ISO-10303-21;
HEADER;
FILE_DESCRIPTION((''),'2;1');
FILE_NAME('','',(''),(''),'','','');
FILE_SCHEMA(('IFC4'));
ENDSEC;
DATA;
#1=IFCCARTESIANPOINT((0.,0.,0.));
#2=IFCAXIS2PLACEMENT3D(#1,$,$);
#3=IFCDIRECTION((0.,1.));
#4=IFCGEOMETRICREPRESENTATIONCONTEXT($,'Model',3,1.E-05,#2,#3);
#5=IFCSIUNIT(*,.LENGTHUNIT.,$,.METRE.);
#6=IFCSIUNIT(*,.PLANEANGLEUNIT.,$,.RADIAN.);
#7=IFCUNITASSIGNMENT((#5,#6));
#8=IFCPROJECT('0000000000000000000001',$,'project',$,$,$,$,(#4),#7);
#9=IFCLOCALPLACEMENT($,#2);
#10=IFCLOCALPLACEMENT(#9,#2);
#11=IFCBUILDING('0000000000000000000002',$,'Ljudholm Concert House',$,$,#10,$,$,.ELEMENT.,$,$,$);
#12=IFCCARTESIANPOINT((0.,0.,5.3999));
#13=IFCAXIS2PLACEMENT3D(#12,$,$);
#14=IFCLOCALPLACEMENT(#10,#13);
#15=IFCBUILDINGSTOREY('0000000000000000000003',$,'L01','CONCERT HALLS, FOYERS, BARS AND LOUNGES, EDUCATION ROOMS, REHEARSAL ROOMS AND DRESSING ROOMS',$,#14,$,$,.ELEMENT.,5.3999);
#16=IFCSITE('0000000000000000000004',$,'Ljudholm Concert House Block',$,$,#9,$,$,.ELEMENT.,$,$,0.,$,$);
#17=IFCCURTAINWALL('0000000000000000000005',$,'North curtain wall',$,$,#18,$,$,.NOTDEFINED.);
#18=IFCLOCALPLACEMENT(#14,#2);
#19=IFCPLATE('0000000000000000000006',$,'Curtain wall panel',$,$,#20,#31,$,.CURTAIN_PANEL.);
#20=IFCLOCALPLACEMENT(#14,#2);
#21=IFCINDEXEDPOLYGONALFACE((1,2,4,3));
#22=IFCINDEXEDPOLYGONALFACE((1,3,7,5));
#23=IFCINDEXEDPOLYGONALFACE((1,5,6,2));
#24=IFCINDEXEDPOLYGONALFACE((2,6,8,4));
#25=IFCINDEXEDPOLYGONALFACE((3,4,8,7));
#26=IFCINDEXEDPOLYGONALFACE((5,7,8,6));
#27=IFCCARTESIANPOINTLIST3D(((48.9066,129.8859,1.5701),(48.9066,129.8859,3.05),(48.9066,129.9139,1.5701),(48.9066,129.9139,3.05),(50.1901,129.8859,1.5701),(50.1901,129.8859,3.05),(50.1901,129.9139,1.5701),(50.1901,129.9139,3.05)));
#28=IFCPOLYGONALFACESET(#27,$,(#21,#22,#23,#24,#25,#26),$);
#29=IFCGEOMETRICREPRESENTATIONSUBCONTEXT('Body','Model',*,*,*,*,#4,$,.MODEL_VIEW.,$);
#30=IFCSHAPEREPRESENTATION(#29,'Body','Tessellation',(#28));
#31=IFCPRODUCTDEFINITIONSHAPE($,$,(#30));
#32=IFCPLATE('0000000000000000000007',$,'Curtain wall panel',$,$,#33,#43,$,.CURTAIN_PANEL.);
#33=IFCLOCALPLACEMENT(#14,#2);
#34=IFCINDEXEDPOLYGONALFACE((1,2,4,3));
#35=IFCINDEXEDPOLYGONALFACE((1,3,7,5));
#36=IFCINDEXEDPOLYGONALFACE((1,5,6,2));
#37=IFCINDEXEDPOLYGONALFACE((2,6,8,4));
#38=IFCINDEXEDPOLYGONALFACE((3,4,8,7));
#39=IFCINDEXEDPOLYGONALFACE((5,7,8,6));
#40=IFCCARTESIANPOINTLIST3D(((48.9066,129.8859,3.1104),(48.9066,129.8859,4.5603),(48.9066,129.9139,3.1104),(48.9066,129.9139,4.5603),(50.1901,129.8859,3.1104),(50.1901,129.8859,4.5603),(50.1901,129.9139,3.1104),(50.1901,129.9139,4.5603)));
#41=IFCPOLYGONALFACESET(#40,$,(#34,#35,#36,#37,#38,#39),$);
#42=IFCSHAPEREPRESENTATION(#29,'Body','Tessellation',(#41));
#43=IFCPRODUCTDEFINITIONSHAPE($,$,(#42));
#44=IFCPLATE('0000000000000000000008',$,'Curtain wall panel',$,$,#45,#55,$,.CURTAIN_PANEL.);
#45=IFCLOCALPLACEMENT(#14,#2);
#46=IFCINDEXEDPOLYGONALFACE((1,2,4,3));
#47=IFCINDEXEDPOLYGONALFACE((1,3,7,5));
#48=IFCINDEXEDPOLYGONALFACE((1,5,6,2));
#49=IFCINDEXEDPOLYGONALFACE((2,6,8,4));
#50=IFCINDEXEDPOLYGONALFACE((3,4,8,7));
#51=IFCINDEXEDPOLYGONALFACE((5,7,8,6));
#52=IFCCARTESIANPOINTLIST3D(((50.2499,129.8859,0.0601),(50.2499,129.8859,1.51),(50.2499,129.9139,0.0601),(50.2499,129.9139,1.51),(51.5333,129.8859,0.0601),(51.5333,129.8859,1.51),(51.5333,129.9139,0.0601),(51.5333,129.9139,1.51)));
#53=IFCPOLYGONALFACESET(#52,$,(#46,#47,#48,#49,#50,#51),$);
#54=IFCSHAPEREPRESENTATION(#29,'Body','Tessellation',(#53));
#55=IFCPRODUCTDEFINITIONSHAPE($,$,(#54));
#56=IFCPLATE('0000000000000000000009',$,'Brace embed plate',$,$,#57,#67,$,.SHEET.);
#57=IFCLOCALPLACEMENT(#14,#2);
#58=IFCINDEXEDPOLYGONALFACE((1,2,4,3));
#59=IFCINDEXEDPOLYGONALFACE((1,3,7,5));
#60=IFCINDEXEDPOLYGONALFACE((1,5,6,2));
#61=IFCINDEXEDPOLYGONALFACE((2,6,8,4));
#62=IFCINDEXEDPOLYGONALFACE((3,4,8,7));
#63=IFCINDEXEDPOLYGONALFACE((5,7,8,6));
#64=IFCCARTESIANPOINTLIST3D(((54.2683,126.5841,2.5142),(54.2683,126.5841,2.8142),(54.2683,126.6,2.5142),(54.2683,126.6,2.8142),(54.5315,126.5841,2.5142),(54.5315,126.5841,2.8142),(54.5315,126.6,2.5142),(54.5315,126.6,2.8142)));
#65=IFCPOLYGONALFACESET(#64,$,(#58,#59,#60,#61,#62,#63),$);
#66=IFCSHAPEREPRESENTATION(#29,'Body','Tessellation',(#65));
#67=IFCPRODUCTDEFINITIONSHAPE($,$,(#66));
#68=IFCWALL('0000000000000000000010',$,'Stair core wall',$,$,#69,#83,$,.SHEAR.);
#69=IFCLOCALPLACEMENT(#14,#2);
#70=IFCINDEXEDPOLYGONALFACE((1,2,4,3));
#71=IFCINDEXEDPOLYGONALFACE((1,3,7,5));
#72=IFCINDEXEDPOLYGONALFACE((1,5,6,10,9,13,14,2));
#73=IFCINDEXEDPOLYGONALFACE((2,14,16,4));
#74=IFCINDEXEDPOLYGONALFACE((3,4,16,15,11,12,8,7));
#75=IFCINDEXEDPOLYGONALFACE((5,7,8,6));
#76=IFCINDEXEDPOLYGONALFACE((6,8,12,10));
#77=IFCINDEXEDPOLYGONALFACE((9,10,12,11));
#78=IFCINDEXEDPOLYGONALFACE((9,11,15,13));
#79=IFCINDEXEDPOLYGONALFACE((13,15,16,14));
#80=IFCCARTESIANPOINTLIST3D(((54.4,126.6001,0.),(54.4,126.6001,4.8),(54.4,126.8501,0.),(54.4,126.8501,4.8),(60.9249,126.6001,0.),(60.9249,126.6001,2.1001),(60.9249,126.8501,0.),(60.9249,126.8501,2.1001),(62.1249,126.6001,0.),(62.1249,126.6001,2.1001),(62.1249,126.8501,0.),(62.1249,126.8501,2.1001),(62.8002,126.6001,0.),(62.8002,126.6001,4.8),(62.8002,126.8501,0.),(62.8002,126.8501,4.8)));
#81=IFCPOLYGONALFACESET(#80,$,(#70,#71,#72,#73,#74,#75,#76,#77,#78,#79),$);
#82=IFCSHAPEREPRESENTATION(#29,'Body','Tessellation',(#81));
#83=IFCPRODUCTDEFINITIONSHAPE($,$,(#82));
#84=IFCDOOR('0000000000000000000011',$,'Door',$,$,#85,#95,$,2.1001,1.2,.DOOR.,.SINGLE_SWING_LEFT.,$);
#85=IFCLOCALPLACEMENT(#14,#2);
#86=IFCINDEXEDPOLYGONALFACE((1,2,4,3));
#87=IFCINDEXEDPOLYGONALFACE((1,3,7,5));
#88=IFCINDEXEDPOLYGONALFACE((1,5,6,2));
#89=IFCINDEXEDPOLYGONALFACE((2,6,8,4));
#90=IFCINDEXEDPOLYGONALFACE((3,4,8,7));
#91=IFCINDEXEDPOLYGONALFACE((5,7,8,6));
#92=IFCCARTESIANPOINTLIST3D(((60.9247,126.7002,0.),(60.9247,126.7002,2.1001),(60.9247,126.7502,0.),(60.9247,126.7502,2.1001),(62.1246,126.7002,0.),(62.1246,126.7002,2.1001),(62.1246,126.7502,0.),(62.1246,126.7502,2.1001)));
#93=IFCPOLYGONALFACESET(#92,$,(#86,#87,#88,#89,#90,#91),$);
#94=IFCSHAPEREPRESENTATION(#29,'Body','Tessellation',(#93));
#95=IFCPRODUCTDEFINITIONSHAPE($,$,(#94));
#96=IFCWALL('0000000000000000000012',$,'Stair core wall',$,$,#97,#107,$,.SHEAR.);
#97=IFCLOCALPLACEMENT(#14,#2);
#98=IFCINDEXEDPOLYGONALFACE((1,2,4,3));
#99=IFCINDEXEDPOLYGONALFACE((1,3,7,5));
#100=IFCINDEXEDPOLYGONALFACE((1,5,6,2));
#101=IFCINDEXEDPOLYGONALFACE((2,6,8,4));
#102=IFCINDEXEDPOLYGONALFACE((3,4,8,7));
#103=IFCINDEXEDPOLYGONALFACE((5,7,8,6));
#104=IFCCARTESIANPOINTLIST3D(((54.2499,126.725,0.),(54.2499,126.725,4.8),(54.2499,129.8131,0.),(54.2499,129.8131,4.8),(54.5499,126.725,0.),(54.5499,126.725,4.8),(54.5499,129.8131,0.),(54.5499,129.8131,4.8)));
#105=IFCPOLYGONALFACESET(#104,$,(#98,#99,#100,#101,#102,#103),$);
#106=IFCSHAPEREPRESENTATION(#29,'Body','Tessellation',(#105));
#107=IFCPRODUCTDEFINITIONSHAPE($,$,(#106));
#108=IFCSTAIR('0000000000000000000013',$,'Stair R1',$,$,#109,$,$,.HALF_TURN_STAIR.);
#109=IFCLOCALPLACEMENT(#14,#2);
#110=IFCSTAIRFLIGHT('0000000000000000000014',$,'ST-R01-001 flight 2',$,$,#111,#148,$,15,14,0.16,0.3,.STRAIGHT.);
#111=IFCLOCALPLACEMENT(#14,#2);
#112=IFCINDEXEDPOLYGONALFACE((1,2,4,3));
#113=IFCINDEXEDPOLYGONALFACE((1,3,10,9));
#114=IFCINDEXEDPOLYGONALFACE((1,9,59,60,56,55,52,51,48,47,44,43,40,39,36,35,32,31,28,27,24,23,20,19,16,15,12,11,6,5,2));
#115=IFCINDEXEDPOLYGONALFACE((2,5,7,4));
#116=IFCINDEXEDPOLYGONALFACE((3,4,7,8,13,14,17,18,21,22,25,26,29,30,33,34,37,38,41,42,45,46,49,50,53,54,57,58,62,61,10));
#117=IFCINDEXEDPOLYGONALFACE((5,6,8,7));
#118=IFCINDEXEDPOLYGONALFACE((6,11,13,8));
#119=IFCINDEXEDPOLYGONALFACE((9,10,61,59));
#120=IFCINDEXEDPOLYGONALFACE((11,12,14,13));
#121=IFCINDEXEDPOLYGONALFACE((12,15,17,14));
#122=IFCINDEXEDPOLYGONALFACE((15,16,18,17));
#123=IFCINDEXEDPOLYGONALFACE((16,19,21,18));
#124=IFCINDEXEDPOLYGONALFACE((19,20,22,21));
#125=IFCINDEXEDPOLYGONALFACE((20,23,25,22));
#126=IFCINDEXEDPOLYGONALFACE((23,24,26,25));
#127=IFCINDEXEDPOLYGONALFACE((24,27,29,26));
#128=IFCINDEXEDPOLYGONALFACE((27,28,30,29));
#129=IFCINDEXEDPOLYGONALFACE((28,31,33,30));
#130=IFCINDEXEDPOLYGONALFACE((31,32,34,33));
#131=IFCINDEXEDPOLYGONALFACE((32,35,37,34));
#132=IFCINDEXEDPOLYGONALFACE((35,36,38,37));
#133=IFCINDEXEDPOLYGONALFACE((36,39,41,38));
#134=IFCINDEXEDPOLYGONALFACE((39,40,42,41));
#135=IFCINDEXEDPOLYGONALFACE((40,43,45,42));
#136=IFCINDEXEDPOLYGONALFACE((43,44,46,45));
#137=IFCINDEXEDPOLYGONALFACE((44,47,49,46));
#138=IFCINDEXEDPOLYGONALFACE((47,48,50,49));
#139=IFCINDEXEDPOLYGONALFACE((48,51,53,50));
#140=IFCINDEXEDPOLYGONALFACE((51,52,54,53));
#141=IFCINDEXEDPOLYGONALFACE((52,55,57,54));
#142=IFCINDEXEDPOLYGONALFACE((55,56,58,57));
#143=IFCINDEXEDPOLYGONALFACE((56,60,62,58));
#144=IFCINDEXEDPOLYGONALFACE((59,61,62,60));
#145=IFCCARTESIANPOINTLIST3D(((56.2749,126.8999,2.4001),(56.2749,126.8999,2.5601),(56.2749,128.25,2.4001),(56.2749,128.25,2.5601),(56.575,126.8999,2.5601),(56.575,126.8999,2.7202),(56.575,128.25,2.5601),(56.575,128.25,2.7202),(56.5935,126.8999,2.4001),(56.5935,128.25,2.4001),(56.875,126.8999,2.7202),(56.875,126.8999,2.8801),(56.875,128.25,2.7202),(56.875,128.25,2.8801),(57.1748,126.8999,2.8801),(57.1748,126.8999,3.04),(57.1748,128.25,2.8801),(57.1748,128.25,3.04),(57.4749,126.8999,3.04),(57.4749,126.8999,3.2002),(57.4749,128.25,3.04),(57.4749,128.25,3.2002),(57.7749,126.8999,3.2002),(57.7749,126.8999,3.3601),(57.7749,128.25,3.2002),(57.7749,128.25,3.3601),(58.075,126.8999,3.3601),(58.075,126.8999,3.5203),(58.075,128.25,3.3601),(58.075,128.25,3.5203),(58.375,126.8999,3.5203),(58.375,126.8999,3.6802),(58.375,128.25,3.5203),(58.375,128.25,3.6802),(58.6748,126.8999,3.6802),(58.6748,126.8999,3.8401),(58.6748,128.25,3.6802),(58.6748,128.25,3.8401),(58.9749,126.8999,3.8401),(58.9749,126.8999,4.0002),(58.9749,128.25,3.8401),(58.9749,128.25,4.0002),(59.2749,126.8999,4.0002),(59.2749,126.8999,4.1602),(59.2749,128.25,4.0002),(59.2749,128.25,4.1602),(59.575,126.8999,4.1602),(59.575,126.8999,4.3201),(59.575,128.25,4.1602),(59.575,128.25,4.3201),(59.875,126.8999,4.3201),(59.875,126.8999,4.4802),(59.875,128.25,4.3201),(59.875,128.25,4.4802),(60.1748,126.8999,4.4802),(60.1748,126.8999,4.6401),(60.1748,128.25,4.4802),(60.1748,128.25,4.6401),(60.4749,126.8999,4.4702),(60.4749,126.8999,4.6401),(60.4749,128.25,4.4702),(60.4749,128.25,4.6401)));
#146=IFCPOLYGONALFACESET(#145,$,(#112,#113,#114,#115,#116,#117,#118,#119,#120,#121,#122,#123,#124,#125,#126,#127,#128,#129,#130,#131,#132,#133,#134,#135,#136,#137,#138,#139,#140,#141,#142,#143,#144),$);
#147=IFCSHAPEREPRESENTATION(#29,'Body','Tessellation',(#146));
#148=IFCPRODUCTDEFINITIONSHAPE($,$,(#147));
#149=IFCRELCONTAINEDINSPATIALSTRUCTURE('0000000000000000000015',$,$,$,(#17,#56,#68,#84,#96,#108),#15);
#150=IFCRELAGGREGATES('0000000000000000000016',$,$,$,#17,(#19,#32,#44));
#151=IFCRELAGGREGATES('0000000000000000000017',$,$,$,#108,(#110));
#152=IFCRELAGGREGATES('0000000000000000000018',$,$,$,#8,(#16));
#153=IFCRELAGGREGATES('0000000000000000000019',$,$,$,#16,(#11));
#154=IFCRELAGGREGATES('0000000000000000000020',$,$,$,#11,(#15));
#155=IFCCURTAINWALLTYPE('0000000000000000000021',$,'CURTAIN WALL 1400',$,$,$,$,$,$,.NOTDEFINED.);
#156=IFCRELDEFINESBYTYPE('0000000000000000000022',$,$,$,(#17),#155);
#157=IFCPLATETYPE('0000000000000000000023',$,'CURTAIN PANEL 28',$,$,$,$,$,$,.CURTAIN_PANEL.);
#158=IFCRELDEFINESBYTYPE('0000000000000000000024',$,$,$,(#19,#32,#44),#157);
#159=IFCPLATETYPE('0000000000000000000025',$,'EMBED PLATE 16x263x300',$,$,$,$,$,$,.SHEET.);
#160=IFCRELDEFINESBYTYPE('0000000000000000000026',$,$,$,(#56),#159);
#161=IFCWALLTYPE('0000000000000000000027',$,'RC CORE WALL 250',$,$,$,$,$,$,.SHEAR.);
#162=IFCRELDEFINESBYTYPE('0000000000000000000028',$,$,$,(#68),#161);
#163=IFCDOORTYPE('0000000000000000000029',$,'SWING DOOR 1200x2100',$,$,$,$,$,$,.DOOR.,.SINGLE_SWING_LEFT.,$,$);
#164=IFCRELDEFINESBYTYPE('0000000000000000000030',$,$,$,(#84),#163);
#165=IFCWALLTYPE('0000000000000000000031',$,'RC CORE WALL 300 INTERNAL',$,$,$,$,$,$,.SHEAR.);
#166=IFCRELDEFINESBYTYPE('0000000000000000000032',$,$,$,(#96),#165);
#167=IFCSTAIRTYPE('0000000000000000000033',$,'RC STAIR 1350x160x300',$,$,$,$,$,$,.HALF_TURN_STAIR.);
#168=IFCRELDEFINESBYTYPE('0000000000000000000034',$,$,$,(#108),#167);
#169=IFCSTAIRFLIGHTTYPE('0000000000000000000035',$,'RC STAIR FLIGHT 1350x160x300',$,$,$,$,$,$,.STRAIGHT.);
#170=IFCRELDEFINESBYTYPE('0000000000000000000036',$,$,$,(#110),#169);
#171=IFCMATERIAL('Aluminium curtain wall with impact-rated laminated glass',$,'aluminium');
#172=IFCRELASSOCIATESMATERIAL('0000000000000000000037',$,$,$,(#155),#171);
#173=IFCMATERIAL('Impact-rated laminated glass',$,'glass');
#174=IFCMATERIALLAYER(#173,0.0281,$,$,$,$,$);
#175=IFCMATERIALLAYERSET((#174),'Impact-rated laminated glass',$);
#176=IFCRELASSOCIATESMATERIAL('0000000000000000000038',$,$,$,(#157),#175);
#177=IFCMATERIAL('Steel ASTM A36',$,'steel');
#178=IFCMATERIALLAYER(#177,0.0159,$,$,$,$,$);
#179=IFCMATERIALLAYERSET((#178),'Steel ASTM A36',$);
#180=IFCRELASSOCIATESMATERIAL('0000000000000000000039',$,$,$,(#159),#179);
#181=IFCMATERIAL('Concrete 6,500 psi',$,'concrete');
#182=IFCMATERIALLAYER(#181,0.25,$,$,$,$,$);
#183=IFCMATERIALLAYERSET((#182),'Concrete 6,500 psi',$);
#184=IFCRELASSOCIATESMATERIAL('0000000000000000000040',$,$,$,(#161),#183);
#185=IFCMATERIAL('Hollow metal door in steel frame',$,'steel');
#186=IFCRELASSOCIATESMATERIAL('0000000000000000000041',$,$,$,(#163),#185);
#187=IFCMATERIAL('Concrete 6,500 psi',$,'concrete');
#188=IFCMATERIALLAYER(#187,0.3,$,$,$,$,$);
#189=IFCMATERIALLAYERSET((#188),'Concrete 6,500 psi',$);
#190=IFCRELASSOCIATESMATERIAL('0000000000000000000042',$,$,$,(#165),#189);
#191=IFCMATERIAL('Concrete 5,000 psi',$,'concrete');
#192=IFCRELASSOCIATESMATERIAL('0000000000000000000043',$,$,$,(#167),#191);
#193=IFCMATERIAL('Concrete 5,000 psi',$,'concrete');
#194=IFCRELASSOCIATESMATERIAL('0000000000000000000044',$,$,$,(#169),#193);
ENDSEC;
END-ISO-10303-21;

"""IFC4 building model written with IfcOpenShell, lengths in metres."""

from ifc_helpers import new_model, si_unit, direction, frame, frame_2d, origin, origin_2d, place, context, subcontext, project, spatial, polyline, rectangle, outline, extrude, material, layer, layer_set, type_object, element, fill, aggregate, save


model = new_model("IFC4")

# Units and contexts
model_context = context("Model", 3, precision=1e-05, world=origin(), true_north=direction((0.0, 1.0)))
body_context = subcontext(model_context, "Body", "Model", "MODEL_VIEW")
ifc_project = project(units=[si_unit("LENGTHUNIT", "METRE"), si_unit("PLANEANGLEUNIT", "RADIAN")], contexts=[model_context])

# Site, building, storey
site_placement = place(None, origin())
site = spatial("IfcSite", under=ifc_project, at=site_placement, Name="Ljudholm Concert House Block", CompositionType="ELEMENT", RefElevation=0.0)
building_placement = place(site_placement, origin())
building = spatial("IfcBuilding", under=site, at=building_placement, Name="Ljudholm Concert House", CompositionType="ELEMENT")
storey_placement = place(building_placement, frame((0.0, 0.0, 5.3999)))
storey = spatial("IfcBuildingStorey", under=building, at=storey_placement, Name="L01", Description="CONCERT HALLS, FOYERS, BARS AND LOUNGES, EDUCATION ROOMS, REHEARSAL ROOMS AND DRESSING ROOMS", CompositionType="ELEMENT", Elevation=5.3999)

# Curtain wall, plates
ifc_material_1 = material(Name="Aluminium curtain wall with impact-rated laminated glass", Category="aluminium")
curtain_wall_type = type_object("IfcCurtainWallType", Name="CURTAIN WALL 1400", PredefinedType="NOTDEFINED", material=ifc_material_1)
curtain_wall_placement = place(storey_placement, origin())
curtain_wall = element("IfcCurtainWall", 1, at=curtain_wall_placement, inside=storey, type_object=curtain_wall_type, Name="North curtain wall", PredefinedType="NOTDEFINED")
ifc_material_2 = material(Name="Impact-rated laminated glass", Category="glass")
ifc_layer_1 = layer(ifc_material_2, 0.0281)
ifc_layer_set_1 = layer_set([ifc_layer_1], Name="Impact-rated laminated glass")
plate_type_1 = type_object("IfcPlateType", Name="CURTAIN PANEL 28", PredefinedType="CURTAIN_PANEL", material=ifc_layer_set_1)
plate_1_placement = place(storey_placement, frame((49.5483, 129.8999, 1.5701), z_axis=(0.0, 0.0, 1.0), x_axis=(1.0, 0.0, 0.0)))
plate_1 = element("IfcPlate", 2, at=plate_1_placement, type_object=plate_type_1, Name="Curtain wall panel", PredefinedType="CURTAIN_PANEL", context=body_context, shape_type="SweptSolid", body=[
    extrude(rectangle(XDim=1.2834, YDim=0.0281, at=origin_2d()), origin(), (0.0, 0.0, 1.0), 1.48),
])
plate_2_placement = place(storey_placement, frame((49.5483, 129.8999, 3.1104), z_axis=(0.0, 0.0, 1.0), x_axis=(1.0, 0.0, 0.0)))
plate_2 = element("IfcPlate", 3, at=plate_2_placement, type_object=plate_type_1, Name="Curtain wall panel", PredefinedType="CURTAIN_PANEL", context=body_context, shape_type="SweptSolid", body=[
    extrude(rectangle(XDim=1.2834, YDim=0.0281, at=origin_2d()), origin(), (0.0, 0.0, 1.0), 1.45),
])
plate_3_placement = place(storey_placement, frame((50.8916, 129.8999, 0.0601), z_axis=(0.0, 0.0, 1.0), x_axis=(1.0, 0.0, 0.0)))
plate_3 = element("IfcPlate", 4, at=plate_3_placement, type_object=plate_type_1, Name="Curtain wall panel", PredefinedType="CURTAIN_PANEL", context=body_context, shape_type="SweptSolid", body=[
    extrude(rectangle(XDim=1.2834, YDim=0.0281, at=origin_2d()), origin(), (0.0, 0.0, 1.0), 1.45),
])
aggregate(curtain_wall, [plate_1, plate_2, plate_3])

# Plate
ifc_material_3 = material(Name="Steel ASTM A36", Category="steel")
ifc_layer_2 = layer(ifc_material_3, 0.0159)
ifc_layer_set_2 = layer_set([ifc_layer_2], Name="Steel ASTM A36")
plate_type_2 = type_object("IfcPlateType", Name="EMBED PLATE 16x263x300", PredefinedType="SHEET", material=ifc_layer_set_2)
plate_4_placement = place(storey_placement, frame((54.3999, 126.592, 2.5142), z_axis=(0.0, 0.0, 1.0), x_axis=(1.0, 0.0, 0.0)))
element("IfcPlate", 5, at=plate_4_placement, inside=storey, type_object=plate_type_2, Name="Brace embed plate", PredefinedType="SHEET", context=body_context, shape_type="SweptSolid", body=[
    extrude(rectangle(XDim=0.2632, YDim=0.0159, at=origin_2d()), origin(), (0.0, 0.0, 1.0), 0.3),
])

# Wall, opening, door
ifc_material_4 = material(Name="Concrete 6,500 psi", Category="concrete")
ifc_layer_3 = layer(ifc_material_4, 0.25)
ifc_layer_set_3 = layer_set([ifc_layer_3], Name="Concrete 6,500 psi")
wall_type_1 = type_object("IfcWallType", Name="RC CORE WALL 250", PredefinedType="SHEAR", material=ifc_layer_set_3)
wall_1_placement = place(storey_placement, frame((54.3999, 126.7251, 0.0), z_axis=(0.0, 0.0, 1.0), x_axis=(1.0, 0.0, 0.0)))
wall_1 = element("IfcWall", 6, at=wall_1_placement, inside=storey, type_object=wall_type_1, Name="Stair core wall", PredefinedType="SHEAR", context=body_context, shape_type="SweptSolid", body=[
    extrude(rectangle(XDim=8.4001, YDim=0.25, at=frame_2d((4.2002, 0.0))), origin(), (0.0, 0.0, 1.0), 4.8),
])
opening_placement = place(wall_1_placement, frame((6.5249, 0.0, 0.0)))
opening = element("IfcOpeningElement", 7, at=opening_placement, cuts=wall_1, PredefinedType="OPENING", context=body_context, shape_type="SweptSolid", body=[
    extrude(rectangle(XDim=1.2, YDim=2.1001, at=frame_2d((0.6001, 1.05))), frame((0.0, 0.135, 0.0), z_axis=(0.0, -1.0, 0.0), x_axis=(1.0, 0.0, 0.0)), (0.0, 0.0, 1.0), 0.27),
])
ifc_material_5 = material(Name="Hollow metal door in steel frame", Category="steel")
door_type = type_object("IfcDoorType", Name="SWING DOOR 1200x2100", OperationType="SINGLE_SWING_LEFT", PredefinedType="DOOR", material=ifc_material_5)
door_placement = place(opening_placement, frame((1.2, 0.0, 0.0), z_axis=(0.0, 0.0, 1.0), x_axis=(-1.0, 0.0, 0.0)))
door = element("IfcDoor", 8, at=door_placement, inside=storey, type_object=door_type, Name="Door", OperationType="SINGLE_SWING_LEFT", OverallHeight=2.1001, OverallWidth=1.2, PredefinedType="DOOR", context=body_context, shape_type="SweptSolid", body=[
    extrude(rectangle(XDim=1.2, YDim=2.1001, at=frame_2d((0.6001, 1.05))), frame((0.0, 0.0249, 0.0), z_axis=(0.0, -1.0, 0.0), x_axis=(1.0, 0.0, 0.0)), (0.0, 0.0, 1.0), 0.05),
])
fill(opening, door)

# Wall
ifc_material_6 = material(Name="Concrete 6,500 psi", Category="concrete")
ifc_layer_4 = layer(ifc_material_6, 0.3)
ifc_layer_set_4 = layer_set([ifc_layer_4], Name="Concrete 6,500 psi")
wall_type_2 = type_object("IfcWallType", Name="RC CORE WALL 300 INTERNAL", PredefinedType="SHEAR", material=ifc_layer_set_4)
wall_2_placement = place(storey_placement, frame((54.3999, 126.7251, 0.0), z_axis=(0.0, 0.0, 1.0), x_axis=(0.0, 1.0, 0.0)))
element("IfcWall", 9, at=wall_2_placement, inside=storey, type_object=wall_type_2, Name="Stair core wall", PredefinedType="SHEAR", context=body_context, shape_type="SweptSolid", body=[
    extrude(rectangle(XDim=3.0881, YDim=0.3, at=frame_2d((1.5439, 0.0))), origin(), (0.0, 0.0, 1.0), 4.8),
])

# Stair, stair flight
ifc_material_7 = material(Name="Concrete 5,000 psi", Category="concrete")
stair_type = type_object("IfcStairType", Name="RC STAIR 1350x160x300", PredefinedType="HALF_TURN_STAIR", material=ifc_material_7)
stair_placement = place(storey_placement, origin())
stair = element("IfcStair", 10, at=stair_placement, inside=storey, type_object=stair_type, Name="Stair R1", PredefinedType="HALF_TURN_STAIR")
ifc_material_8 = material(Name="Concrete 5,000 psi", Category="concrete")
stair_flight_type = type_object("IfcStairFlightType", Name="RC STAIR FLIGHT 1350x160x300", PredefinedType="STRAIGHT", material=ifc_material_8)
stair_flight_placement = place(storey_placement, frame((56.2749, 127.575, 2.4001), z_axis=(0.0, 0.0, 1.0), x_axis=(1.0, 0.0, 0.0)))
stair_flight = element("IfcStairFlight", 11, at=stair_flight_placement, type_object=stair_flight_type, Name="ST-R01-001 flight 2", NumberOfRisers=15, NumberOfTreads=14, PredefinedType="STRAIGHT", RiserHeight=0.16, TreadLength=0.3, context=body_context, shape_type="SweptSolid", body=[
    extrude(outline(polyline([(0.0, 0.0), (0.0, 0.1599), (0.3, 0.1599), (0.3, 0.3201), (0.6001, 0.3201), (0.6001, 0.48), (0.8999, 0.48), (0.8999, 0.6399), (1.2, 0.6399), (1.2, 0.8), (1.5, 0.8), (1.5, 0.96), (1.8, 0.96), (1.8, 1.1201), (2.1001, 1.1201), (2.1001, 1.28), (2.3999, 1.28), (2.3999, 1.4399), (2.7, 1.4399), (2.7, 1.6001), (3.0, 1.6001), (3.0, 1.76), (3.3, 1.76), (3.3, 1.9199), (3.6001, 1.9199), (3.6001, 2.0801), (3.8999, 2.0801), (3.8999, 2.24), (4.2, 2.24), (4.2, 2.3999), (4.2, 2.0701), (0.3186, 0.0), (0.0, 0.0)])), frame((0.0, 0.675, 0.0), z_axis=(0.0, -1.0, 0.0), x_axis=(1.0, 0.0, 0.0)), (0.0, 0.0, 1.0), 1.3501),
])
aggregate(stair, [stair_flight])

save(model, "model.ifc")
